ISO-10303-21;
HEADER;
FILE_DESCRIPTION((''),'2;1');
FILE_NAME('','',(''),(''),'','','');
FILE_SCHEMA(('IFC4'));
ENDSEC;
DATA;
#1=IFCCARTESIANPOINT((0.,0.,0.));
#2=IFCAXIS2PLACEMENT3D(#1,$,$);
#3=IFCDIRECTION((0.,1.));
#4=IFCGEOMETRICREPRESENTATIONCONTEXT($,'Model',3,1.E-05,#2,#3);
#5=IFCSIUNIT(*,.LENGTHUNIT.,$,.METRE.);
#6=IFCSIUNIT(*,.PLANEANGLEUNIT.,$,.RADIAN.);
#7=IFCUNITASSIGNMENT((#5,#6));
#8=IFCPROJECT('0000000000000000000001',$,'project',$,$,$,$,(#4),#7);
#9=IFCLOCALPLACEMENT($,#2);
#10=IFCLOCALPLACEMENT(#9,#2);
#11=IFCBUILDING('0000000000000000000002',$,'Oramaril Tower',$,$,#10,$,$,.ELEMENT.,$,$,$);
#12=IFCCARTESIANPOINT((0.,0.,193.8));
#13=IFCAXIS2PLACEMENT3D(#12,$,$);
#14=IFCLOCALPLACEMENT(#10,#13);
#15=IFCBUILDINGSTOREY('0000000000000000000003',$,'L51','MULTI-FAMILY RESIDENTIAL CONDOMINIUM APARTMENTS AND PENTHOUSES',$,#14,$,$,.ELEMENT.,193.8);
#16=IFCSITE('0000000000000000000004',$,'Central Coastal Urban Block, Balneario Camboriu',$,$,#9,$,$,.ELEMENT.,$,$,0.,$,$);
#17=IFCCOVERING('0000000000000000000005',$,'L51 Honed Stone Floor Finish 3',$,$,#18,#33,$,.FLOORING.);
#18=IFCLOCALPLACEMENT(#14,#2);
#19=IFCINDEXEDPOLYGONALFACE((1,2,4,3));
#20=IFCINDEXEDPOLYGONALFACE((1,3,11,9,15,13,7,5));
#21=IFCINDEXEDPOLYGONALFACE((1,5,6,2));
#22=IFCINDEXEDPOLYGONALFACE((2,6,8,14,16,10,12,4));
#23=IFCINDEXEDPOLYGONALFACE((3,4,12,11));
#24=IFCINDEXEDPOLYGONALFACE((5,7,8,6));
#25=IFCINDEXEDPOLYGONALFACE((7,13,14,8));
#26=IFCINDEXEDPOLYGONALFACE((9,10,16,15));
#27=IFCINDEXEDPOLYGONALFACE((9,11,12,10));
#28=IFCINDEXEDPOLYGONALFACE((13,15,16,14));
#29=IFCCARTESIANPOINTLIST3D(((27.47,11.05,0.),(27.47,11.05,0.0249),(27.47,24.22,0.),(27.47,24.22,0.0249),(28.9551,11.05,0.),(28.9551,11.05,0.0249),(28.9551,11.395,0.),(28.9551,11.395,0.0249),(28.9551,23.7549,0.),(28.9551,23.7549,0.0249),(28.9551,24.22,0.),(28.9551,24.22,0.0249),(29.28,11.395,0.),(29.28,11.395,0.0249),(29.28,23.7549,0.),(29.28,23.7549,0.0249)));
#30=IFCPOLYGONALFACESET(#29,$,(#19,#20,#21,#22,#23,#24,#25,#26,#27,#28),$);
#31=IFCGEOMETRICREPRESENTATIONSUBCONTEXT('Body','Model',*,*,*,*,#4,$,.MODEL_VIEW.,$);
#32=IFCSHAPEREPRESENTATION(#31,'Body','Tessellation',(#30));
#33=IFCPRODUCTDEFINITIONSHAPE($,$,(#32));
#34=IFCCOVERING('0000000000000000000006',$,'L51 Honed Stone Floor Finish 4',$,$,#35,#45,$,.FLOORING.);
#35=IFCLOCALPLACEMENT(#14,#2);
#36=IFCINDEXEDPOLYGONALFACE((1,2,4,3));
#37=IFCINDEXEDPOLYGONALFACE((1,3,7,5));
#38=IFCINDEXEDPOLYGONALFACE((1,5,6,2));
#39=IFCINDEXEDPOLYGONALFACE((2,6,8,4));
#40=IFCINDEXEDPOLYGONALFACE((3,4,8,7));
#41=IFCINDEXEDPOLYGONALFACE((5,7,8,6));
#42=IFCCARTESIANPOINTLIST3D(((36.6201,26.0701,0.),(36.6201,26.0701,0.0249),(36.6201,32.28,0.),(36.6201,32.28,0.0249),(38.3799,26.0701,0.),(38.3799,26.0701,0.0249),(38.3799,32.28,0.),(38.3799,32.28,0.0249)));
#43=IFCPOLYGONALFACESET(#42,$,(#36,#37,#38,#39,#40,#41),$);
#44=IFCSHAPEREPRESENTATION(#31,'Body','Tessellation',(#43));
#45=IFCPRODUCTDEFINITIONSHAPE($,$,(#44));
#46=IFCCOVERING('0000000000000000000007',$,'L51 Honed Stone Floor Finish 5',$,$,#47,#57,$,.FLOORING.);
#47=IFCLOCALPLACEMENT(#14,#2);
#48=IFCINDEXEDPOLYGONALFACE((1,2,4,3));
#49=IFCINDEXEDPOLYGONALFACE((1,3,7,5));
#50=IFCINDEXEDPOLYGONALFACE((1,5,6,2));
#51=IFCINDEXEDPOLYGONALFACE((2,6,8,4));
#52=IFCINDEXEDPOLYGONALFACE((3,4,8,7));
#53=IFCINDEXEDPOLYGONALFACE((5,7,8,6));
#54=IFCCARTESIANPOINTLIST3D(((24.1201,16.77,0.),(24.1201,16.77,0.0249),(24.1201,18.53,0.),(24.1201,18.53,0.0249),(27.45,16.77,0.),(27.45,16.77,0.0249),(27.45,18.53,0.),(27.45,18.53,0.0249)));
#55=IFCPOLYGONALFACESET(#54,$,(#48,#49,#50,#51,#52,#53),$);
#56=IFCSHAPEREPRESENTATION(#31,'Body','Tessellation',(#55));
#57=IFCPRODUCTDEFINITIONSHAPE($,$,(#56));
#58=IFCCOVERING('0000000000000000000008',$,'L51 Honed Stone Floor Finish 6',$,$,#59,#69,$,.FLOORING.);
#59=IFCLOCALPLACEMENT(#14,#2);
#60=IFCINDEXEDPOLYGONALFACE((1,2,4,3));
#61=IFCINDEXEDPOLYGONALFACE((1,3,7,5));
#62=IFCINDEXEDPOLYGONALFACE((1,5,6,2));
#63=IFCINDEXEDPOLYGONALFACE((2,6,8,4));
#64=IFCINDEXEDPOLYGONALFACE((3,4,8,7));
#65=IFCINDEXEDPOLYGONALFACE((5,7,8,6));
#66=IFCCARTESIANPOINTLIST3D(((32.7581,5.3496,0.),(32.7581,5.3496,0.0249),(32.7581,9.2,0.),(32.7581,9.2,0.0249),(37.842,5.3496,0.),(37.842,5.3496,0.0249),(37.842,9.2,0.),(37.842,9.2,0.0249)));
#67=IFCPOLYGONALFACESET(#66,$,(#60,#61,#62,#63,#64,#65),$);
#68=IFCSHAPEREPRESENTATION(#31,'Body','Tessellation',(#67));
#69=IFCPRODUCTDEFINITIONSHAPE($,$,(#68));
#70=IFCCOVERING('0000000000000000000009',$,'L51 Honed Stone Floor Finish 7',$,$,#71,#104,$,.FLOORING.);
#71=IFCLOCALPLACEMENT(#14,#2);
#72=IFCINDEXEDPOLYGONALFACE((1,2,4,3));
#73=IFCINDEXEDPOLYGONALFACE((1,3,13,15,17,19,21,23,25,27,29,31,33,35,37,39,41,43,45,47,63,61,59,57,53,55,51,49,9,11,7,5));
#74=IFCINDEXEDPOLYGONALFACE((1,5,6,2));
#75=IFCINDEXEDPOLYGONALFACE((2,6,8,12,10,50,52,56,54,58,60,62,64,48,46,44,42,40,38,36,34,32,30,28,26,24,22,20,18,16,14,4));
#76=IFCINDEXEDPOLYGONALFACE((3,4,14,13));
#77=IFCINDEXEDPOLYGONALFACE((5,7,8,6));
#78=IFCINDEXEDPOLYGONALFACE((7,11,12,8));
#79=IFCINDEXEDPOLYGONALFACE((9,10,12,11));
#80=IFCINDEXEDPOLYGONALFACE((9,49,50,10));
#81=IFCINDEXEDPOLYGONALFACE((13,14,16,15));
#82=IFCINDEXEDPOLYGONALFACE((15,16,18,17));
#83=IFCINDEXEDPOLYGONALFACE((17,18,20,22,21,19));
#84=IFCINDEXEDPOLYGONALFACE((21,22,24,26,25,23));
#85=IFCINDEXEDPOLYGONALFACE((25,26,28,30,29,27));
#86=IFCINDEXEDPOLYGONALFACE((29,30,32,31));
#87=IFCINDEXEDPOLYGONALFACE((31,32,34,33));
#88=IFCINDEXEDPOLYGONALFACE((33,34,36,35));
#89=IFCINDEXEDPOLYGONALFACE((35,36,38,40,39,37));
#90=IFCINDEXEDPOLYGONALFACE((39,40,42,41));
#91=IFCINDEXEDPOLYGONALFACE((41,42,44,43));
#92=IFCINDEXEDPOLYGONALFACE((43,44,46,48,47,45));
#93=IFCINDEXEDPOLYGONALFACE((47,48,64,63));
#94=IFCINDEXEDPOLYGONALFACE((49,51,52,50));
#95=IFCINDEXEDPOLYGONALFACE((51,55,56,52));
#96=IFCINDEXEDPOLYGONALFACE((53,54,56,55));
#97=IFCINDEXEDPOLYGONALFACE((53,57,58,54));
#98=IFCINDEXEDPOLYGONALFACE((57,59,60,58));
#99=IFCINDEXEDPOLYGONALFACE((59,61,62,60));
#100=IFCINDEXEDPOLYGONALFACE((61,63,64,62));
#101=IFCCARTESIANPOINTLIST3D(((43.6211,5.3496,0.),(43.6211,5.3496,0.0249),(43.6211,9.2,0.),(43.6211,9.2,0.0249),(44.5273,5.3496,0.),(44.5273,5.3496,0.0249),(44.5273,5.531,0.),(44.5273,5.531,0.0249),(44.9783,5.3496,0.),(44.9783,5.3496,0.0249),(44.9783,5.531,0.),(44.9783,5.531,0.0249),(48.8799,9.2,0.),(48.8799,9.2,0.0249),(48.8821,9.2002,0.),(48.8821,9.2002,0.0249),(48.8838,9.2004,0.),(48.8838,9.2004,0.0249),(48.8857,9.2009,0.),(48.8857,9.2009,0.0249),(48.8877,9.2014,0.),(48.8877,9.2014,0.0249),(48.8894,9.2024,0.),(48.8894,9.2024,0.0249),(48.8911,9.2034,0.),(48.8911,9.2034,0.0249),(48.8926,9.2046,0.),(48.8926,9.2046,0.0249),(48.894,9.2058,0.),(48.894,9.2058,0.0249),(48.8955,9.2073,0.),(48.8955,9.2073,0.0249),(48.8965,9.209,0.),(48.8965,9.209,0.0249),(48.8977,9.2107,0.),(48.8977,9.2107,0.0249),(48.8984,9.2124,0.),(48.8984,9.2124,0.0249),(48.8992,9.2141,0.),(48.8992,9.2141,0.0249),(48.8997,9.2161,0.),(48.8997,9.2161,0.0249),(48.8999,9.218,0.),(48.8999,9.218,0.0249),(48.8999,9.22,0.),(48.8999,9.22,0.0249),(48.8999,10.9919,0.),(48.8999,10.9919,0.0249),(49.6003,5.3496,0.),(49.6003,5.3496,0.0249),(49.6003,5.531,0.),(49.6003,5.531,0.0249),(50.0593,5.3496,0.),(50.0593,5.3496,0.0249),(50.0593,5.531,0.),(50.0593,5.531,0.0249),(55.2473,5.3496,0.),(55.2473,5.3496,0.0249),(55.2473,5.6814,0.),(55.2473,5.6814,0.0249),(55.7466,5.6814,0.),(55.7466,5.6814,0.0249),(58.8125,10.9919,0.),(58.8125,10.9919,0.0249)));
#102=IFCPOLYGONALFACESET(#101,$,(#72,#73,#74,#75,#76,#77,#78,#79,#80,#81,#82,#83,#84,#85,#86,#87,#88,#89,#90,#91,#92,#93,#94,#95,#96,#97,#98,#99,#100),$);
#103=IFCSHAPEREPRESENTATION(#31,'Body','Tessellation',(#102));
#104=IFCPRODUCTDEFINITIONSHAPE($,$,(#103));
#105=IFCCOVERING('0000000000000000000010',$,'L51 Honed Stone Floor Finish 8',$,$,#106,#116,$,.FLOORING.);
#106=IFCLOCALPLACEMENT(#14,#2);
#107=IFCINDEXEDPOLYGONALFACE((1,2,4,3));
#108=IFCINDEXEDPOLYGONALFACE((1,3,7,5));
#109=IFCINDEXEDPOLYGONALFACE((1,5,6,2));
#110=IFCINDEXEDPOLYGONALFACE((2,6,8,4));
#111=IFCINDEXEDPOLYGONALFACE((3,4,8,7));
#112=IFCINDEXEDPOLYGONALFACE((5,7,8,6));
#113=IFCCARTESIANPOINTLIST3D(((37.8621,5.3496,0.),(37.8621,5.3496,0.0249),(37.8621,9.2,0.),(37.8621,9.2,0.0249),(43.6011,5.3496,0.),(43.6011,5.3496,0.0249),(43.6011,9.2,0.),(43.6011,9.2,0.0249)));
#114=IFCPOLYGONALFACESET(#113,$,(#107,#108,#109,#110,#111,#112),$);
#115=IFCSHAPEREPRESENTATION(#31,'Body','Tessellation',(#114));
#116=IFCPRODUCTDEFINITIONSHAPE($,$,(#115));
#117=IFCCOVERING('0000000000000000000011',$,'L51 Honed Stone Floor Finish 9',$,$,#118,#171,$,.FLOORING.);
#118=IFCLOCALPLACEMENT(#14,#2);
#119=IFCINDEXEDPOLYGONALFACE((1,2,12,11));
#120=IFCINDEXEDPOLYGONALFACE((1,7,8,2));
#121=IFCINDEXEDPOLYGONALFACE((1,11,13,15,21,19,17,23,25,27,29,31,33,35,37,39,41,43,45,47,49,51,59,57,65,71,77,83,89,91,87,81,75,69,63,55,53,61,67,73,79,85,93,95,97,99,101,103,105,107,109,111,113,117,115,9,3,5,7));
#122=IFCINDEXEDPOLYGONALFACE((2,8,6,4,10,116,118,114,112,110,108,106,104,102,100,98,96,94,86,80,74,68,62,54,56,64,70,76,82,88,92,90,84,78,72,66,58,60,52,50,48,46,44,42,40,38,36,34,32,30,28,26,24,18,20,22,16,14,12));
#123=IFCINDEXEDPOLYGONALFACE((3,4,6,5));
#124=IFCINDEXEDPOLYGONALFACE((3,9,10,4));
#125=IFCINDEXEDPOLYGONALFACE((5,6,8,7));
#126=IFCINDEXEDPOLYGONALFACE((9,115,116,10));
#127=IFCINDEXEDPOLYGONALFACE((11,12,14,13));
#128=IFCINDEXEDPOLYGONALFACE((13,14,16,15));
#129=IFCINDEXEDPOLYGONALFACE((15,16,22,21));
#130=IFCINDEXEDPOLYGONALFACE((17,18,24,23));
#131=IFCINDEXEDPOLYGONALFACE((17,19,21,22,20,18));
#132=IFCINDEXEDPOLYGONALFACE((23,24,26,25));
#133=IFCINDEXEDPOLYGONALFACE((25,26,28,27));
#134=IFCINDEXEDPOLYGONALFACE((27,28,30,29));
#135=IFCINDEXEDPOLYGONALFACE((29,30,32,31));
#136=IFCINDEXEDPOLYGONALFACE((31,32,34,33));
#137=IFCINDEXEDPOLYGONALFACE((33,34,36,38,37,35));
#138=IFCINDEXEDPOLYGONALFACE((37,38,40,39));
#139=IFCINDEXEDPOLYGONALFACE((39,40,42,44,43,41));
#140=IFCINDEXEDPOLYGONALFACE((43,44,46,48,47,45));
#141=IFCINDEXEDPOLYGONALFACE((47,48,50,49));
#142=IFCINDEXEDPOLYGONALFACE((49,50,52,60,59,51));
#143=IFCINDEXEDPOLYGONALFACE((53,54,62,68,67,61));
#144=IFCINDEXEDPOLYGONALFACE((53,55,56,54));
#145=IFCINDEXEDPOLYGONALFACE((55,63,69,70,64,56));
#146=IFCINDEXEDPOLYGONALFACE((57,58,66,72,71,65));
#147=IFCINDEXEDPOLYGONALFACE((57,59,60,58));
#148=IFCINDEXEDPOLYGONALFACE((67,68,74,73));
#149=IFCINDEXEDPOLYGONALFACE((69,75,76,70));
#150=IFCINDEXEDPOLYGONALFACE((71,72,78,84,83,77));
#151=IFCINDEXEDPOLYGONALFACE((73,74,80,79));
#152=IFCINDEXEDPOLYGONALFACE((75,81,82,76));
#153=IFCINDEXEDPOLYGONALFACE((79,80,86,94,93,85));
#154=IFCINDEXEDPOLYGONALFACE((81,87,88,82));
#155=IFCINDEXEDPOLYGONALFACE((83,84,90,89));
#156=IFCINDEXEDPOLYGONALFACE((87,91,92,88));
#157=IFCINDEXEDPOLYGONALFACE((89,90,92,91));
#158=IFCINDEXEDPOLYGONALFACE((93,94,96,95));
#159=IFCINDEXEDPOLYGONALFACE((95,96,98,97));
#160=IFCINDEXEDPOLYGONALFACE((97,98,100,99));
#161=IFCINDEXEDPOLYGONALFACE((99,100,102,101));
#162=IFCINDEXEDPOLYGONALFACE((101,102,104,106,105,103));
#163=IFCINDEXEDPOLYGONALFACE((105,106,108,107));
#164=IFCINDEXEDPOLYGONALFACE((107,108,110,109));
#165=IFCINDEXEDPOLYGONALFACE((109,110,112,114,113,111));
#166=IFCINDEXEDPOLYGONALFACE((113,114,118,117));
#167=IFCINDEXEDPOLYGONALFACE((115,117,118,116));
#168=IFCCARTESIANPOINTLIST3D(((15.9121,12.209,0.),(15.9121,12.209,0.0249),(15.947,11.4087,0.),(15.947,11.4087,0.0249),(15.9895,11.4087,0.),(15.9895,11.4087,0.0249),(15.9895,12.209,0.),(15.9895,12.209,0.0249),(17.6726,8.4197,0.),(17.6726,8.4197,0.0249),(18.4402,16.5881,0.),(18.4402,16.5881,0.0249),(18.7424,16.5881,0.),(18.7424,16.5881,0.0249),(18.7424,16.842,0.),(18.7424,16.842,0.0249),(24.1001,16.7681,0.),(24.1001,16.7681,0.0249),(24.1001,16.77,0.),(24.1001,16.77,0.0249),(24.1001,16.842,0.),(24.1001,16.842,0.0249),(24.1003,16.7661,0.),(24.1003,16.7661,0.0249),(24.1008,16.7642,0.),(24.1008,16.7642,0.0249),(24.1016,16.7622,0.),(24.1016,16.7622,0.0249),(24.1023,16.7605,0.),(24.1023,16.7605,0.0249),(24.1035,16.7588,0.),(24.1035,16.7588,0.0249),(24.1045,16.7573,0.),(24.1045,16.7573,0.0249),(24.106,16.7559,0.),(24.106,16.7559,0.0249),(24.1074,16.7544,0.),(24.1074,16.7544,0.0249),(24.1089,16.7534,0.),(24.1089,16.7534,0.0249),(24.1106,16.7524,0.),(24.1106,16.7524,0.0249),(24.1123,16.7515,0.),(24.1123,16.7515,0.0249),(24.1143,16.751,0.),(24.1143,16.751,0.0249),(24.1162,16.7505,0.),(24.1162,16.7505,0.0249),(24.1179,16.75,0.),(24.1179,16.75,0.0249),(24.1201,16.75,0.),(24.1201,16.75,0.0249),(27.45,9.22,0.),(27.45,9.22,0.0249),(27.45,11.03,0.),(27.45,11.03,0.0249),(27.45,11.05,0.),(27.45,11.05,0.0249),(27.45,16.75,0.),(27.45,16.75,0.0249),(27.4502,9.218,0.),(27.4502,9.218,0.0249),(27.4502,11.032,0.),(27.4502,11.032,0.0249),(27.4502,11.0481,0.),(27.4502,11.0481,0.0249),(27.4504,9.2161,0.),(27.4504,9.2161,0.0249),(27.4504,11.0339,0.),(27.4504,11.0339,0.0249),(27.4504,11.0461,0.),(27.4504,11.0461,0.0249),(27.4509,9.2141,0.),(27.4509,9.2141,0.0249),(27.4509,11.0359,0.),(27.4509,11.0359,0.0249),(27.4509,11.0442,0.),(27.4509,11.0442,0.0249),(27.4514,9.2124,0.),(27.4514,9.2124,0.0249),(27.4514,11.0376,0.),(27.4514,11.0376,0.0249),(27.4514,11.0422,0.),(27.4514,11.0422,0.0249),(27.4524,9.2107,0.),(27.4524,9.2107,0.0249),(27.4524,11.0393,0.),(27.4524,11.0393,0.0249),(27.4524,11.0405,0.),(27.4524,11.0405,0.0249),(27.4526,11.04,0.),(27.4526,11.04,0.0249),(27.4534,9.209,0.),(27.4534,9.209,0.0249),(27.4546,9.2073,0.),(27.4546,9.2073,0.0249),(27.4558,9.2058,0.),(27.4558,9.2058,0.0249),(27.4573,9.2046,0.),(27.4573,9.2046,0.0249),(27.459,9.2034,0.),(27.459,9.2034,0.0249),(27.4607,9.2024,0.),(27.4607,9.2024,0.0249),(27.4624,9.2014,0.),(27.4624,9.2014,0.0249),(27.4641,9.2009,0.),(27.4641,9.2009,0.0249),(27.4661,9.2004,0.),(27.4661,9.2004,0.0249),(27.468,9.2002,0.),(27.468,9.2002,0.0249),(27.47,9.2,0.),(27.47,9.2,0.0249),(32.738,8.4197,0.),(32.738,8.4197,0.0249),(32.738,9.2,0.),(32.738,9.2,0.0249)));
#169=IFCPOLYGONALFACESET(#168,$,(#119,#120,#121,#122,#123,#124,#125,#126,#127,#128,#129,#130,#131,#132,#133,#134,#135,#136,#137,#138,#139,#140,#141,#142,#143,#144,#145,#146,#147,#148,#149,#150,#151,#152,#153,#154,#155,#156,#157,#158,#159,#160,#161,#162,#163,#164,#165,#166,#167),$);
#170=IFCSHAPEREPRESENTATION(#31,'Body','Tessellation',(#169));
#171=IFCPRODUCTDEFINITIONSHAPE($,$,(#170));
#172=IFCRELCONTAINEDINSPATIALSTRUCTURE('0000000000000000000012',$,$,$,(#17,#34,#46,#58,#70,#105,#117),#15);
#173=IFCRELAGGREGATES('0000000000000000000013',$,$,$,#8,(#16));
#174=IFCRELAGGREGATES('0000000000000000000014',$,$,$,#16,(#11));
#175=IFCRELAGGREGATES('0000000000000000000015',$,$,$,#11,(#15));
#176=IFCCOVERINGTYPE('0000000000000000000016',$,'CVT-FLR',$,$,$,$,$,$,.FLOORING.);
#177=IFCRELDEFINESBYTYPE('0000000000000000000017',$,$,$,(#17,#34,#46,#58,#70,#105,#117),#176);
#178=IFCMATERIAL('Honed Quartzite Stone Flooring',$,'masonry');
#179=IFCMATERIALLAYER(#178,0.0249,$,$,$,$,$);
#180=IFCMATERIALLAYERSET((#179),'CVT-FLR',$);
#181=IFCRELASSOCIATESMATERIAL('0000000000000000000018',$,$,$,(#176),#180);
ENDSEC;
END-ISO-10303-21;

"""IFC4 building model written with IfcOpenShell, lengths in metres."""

from ifc_helpers import new_model, si_unit, direction, frame, origin, place, context, subcontext, project, spatial, polyline, outline, extrude, material, layer, layer_set, type_object, element, save


model = new_model("IFC4")

# Units and contexts
model_context = context("Model", 3, precision=1e-05, world=origin(), true_north=direction((0.0, 1.0)))
body_context = subcontext(model_context, "Body", "Model", "MODEL_VIEW")
ifc_project = project(units=[si_unit("LENGTHUNIT", "METRE"), si_unit("PLANEANGLEUNIT", "RADIAN")], contexts=[model_context])

# Site, building, storey
site_placement = place(None, origin())
site = spatial("IfcSite", under=ifc_project, at=site_placement, Name="Central Coastal Urban Block, Balneario Camboriu", CompositionType="ELEMENT", RefElevation=0.0)
building_placement = place(site_placement, origin())
building = spatial("IfcBuilding", under=site, at=building_placement, Name="Oramaril Tower", CompositionType="ELEMENT")
storey_placement = place(building_placement, frame((0.0, 0.0, 193.8)))
storey = spatial("IfcBuildingStorey", under=building, at=storey_placement, Name="L51", Description="MULTI-FAMILY RESIDENTIAL CONDOMINIUM APARTMENTS AND PENTHOUSES", CompositionType="ELEMENT", Elevation=193.8)

# Coverings
ifc_material_1 = material(Name="Honed Quartzite Stone Flooring", Category="masonry")
ifc_layer_1 = layer(ifc_material_1, 0.0249)
ifc_layer_set_1 = layer_set([ifc_layer_1], Name="CVT-FLR")
covering_type_1 = type_object("IfcCoveringType", Name="CVT-FLR", PredefinedType="FLOORING", material=ifc_layer_set_1)
covering_1_placement = place(storey_placement, origin())
element("IfcCovering", 1, at=covering_1_placement, inside=storey, type_object=covering_type_1, Name="L51 Honed Stone Floor Finish 3", PredefinedType="FLOORING", context=body_context, shape_type="SweptSolid", body=[
    extrude(outline(polyline([(28.9551, 23.7549), (29.28, 23.7549), (29.28, 11.395), (28.9551, 11.395), (28.9551, 11.05), (27.47, 11.05), (27.47, 24.22), (28.9551, 24.22), (28.9551, 23.7549)])), origin(), (0.0, 0.0, 1.0), 0.0249),
])
covering_2_placement = place(storey_placement, origin())
element("IfcCovering", 2, at=covering_2_placement, inside=storey, type_object=covering_type_1, Name="L51 Honed Stone Floor Finish 4", PredefinedType="FLOORING", context=body_context, shape_type="SweptSolid", body=[
    extrude(outline(polyline([(38.3799, 26.0701), (36.6201, 26.0701), (36.6201, 32.28), (38.3799, 32.28), (38.3799, 26.0701)])), origin(), (0.0, 0.0, 1.0), 0.0249),
])
covering_3_placement = place(storey_placement, origin())
element("IfcCovering", 3, at=covering_3_placement, inside=storey, type_object=covering_type_1, Name="L51 Honed Stone Floor Finish 5", PredefinedType="FLOORING", context=body_context, shape_type="SweptSolid", body=[
    extrude(outline(polyline([(24.1201, 16.77), (24.1201, 18.53), (27.45, 18.53), (27.45, 16.77), (24.1201, 16.77)])), origin(), (0.0, 0.0, 1.0), 0.0249),
])
covering_4_placement = place(storey_placement, origin())
element("IfcCovering", 4, at=covering_4_placement, inside=storey, type_object=covering_type_1, Name="L51 Honed Stone Floor Finish 6", PredefinedType="FLOORING", context=body_context, shape_type="SweptSolid", body=[
    extrude(outline(polyline([(37.842, 5.3496), (32.7581, 5.3496), (32.7581, 9.2), (37.842, 9.2), (37.842, 5.3496)])), origin(), (0.0, 0.0, 1.0), 0.0249),
])
covering_5_placement = place(storey_placement, origin())
element("IfcCovering", 5, at=covering_5_placement, inside=storey, type_object=covering_type_1, Name="L51 Honed Stone Floor Finish 7", PredefinedType="FLOORING", context=body_context, shape_type="SweptSolid", body=[
    extrude(outline(polyline([(55.7466, 5.6814), (55.2473, 5.6814), (55.2473, 5.3496), (50.0593, 5.3496), (50.0593, 5.531), (49.6003, 5.531), (49.6003, 5.3496), (44.9783, 5.3496), (44.9783, 5.531), (44.5273, 5.531), (44.5273, 5.3496), (43.6211, 5.3496), (43.6211, 9.2), (48.8799, 9.2), (48.8821, 9.2002), (48.8838, 9.2004), (48.8857, 9.2009), (48.8877, 9.2014), (48.8894, 9.2024), (48.8911, 9.2034), (48.8926, 9.2046), (48.894, 9.2058), (48.8955, 9.2073), (48.8965, 9.209), (48.8977, 9.2107), (48.8984, 9.2124), (48.8992, 9.2141), (48.8997, 9.2161), (48.8999, 9.218), (48.8999, 9.22), (48.8999, 10.9919), (58.8125, 10.9919), (55.7466, 5.6814)])), origin(), (0.0, 0.0, 1.0), 0.0249),
])
covering_6_placement = place(storey_placement, origin())
element("IfcCovering", 6, at=covering_6_placement, inside=storey, type_object=covering_type_1, Name="L51 Honed Stone Floor Finish 8", PredefinedType="FLOORING", context=body_context, shape_type="SweptSolid", body=[
    extrude(outline(polyline([(37.8621, 5.3496), (37.8621, 9.2), (43.6011, 9.2), (43.6011, 5.3496), (37.8621, 5.3496)])), origin(), (0.0, 0.0, 1.0), 0.0249),
])
covering_7_placement = place(storey_placement, origin())
element("IfcCovering", 7, at=covering_7_placement, inside=storey, type_object=covering_type_1, Name="L51 Honed Stone Floor Finish 9", PredefinedType="FLOORING", context=body_context, shape_type="SweptSolid", body=[
    extrude(outline(polyline([(17.6726, 8.4197), (15.947, 11.4087), (15.9895, 11.4087), (15.9895, 12.209), (15.9121, 12.209), (18.4402, 16.5881), (18.7424, 16.5881), (18.7424, 16.842), (24.1001, 16.842), (24.1001, 16.77), (24.1001, 16.7681), (24.1003, 16.7661), (24.1008, 16.7642), (24.1016, 16.7622), (24.1023, 16.7605), (24.1035, 16.7588), (24.1045, 16.7573), (24.106, 16.7559), (24.1074, 16.7544), (24.1089, 16.7534), (24.1106, 16.7524), (24.1123, 16.7515), (24.1143, 16.751), (24.1162, 16.7505), (24.1179, 16.75), (24.1201, 16.75), (27.45, 16.75), (27.45, 11.05), (27.4502, 11.0481), (27.4504, 11.0461), (27.4509, 11.0442), (27.4514, 11.0422), (27.4524, 11.0405), (27.4526, 11.04), (27.4524, 11.0393), (27.4514, 11.0376), (27.4509, 11.0359), (27.4504, 11.0339), (27.4502, 11.032), (27.45, 11.03), (27.45, 9.22), (27.4502, 9.218), (27.4504, 9.2161), (27.4509, 9.2141), (27.4514, 9.2124), (27.4524, 9.2107), (27.4534, 9.209), (27.4546, 9.2073), (27.4558, 9.2058), (27.4573, 9.2046), (27.459, 9.2034), (27.4607, 9.2024), (27.4624, 9.2014), (27.4641, 9.2009), (27.4661, 9.2004), (27.468, 9.2002), (27.47, 9.2), (32.738, 9.2), (32.738, 8.4197), (17.6726, 8.4197)])), origin(), (0.0, 0.0, 1.0), 0.0249),
])

save(model, "model.ifc")
